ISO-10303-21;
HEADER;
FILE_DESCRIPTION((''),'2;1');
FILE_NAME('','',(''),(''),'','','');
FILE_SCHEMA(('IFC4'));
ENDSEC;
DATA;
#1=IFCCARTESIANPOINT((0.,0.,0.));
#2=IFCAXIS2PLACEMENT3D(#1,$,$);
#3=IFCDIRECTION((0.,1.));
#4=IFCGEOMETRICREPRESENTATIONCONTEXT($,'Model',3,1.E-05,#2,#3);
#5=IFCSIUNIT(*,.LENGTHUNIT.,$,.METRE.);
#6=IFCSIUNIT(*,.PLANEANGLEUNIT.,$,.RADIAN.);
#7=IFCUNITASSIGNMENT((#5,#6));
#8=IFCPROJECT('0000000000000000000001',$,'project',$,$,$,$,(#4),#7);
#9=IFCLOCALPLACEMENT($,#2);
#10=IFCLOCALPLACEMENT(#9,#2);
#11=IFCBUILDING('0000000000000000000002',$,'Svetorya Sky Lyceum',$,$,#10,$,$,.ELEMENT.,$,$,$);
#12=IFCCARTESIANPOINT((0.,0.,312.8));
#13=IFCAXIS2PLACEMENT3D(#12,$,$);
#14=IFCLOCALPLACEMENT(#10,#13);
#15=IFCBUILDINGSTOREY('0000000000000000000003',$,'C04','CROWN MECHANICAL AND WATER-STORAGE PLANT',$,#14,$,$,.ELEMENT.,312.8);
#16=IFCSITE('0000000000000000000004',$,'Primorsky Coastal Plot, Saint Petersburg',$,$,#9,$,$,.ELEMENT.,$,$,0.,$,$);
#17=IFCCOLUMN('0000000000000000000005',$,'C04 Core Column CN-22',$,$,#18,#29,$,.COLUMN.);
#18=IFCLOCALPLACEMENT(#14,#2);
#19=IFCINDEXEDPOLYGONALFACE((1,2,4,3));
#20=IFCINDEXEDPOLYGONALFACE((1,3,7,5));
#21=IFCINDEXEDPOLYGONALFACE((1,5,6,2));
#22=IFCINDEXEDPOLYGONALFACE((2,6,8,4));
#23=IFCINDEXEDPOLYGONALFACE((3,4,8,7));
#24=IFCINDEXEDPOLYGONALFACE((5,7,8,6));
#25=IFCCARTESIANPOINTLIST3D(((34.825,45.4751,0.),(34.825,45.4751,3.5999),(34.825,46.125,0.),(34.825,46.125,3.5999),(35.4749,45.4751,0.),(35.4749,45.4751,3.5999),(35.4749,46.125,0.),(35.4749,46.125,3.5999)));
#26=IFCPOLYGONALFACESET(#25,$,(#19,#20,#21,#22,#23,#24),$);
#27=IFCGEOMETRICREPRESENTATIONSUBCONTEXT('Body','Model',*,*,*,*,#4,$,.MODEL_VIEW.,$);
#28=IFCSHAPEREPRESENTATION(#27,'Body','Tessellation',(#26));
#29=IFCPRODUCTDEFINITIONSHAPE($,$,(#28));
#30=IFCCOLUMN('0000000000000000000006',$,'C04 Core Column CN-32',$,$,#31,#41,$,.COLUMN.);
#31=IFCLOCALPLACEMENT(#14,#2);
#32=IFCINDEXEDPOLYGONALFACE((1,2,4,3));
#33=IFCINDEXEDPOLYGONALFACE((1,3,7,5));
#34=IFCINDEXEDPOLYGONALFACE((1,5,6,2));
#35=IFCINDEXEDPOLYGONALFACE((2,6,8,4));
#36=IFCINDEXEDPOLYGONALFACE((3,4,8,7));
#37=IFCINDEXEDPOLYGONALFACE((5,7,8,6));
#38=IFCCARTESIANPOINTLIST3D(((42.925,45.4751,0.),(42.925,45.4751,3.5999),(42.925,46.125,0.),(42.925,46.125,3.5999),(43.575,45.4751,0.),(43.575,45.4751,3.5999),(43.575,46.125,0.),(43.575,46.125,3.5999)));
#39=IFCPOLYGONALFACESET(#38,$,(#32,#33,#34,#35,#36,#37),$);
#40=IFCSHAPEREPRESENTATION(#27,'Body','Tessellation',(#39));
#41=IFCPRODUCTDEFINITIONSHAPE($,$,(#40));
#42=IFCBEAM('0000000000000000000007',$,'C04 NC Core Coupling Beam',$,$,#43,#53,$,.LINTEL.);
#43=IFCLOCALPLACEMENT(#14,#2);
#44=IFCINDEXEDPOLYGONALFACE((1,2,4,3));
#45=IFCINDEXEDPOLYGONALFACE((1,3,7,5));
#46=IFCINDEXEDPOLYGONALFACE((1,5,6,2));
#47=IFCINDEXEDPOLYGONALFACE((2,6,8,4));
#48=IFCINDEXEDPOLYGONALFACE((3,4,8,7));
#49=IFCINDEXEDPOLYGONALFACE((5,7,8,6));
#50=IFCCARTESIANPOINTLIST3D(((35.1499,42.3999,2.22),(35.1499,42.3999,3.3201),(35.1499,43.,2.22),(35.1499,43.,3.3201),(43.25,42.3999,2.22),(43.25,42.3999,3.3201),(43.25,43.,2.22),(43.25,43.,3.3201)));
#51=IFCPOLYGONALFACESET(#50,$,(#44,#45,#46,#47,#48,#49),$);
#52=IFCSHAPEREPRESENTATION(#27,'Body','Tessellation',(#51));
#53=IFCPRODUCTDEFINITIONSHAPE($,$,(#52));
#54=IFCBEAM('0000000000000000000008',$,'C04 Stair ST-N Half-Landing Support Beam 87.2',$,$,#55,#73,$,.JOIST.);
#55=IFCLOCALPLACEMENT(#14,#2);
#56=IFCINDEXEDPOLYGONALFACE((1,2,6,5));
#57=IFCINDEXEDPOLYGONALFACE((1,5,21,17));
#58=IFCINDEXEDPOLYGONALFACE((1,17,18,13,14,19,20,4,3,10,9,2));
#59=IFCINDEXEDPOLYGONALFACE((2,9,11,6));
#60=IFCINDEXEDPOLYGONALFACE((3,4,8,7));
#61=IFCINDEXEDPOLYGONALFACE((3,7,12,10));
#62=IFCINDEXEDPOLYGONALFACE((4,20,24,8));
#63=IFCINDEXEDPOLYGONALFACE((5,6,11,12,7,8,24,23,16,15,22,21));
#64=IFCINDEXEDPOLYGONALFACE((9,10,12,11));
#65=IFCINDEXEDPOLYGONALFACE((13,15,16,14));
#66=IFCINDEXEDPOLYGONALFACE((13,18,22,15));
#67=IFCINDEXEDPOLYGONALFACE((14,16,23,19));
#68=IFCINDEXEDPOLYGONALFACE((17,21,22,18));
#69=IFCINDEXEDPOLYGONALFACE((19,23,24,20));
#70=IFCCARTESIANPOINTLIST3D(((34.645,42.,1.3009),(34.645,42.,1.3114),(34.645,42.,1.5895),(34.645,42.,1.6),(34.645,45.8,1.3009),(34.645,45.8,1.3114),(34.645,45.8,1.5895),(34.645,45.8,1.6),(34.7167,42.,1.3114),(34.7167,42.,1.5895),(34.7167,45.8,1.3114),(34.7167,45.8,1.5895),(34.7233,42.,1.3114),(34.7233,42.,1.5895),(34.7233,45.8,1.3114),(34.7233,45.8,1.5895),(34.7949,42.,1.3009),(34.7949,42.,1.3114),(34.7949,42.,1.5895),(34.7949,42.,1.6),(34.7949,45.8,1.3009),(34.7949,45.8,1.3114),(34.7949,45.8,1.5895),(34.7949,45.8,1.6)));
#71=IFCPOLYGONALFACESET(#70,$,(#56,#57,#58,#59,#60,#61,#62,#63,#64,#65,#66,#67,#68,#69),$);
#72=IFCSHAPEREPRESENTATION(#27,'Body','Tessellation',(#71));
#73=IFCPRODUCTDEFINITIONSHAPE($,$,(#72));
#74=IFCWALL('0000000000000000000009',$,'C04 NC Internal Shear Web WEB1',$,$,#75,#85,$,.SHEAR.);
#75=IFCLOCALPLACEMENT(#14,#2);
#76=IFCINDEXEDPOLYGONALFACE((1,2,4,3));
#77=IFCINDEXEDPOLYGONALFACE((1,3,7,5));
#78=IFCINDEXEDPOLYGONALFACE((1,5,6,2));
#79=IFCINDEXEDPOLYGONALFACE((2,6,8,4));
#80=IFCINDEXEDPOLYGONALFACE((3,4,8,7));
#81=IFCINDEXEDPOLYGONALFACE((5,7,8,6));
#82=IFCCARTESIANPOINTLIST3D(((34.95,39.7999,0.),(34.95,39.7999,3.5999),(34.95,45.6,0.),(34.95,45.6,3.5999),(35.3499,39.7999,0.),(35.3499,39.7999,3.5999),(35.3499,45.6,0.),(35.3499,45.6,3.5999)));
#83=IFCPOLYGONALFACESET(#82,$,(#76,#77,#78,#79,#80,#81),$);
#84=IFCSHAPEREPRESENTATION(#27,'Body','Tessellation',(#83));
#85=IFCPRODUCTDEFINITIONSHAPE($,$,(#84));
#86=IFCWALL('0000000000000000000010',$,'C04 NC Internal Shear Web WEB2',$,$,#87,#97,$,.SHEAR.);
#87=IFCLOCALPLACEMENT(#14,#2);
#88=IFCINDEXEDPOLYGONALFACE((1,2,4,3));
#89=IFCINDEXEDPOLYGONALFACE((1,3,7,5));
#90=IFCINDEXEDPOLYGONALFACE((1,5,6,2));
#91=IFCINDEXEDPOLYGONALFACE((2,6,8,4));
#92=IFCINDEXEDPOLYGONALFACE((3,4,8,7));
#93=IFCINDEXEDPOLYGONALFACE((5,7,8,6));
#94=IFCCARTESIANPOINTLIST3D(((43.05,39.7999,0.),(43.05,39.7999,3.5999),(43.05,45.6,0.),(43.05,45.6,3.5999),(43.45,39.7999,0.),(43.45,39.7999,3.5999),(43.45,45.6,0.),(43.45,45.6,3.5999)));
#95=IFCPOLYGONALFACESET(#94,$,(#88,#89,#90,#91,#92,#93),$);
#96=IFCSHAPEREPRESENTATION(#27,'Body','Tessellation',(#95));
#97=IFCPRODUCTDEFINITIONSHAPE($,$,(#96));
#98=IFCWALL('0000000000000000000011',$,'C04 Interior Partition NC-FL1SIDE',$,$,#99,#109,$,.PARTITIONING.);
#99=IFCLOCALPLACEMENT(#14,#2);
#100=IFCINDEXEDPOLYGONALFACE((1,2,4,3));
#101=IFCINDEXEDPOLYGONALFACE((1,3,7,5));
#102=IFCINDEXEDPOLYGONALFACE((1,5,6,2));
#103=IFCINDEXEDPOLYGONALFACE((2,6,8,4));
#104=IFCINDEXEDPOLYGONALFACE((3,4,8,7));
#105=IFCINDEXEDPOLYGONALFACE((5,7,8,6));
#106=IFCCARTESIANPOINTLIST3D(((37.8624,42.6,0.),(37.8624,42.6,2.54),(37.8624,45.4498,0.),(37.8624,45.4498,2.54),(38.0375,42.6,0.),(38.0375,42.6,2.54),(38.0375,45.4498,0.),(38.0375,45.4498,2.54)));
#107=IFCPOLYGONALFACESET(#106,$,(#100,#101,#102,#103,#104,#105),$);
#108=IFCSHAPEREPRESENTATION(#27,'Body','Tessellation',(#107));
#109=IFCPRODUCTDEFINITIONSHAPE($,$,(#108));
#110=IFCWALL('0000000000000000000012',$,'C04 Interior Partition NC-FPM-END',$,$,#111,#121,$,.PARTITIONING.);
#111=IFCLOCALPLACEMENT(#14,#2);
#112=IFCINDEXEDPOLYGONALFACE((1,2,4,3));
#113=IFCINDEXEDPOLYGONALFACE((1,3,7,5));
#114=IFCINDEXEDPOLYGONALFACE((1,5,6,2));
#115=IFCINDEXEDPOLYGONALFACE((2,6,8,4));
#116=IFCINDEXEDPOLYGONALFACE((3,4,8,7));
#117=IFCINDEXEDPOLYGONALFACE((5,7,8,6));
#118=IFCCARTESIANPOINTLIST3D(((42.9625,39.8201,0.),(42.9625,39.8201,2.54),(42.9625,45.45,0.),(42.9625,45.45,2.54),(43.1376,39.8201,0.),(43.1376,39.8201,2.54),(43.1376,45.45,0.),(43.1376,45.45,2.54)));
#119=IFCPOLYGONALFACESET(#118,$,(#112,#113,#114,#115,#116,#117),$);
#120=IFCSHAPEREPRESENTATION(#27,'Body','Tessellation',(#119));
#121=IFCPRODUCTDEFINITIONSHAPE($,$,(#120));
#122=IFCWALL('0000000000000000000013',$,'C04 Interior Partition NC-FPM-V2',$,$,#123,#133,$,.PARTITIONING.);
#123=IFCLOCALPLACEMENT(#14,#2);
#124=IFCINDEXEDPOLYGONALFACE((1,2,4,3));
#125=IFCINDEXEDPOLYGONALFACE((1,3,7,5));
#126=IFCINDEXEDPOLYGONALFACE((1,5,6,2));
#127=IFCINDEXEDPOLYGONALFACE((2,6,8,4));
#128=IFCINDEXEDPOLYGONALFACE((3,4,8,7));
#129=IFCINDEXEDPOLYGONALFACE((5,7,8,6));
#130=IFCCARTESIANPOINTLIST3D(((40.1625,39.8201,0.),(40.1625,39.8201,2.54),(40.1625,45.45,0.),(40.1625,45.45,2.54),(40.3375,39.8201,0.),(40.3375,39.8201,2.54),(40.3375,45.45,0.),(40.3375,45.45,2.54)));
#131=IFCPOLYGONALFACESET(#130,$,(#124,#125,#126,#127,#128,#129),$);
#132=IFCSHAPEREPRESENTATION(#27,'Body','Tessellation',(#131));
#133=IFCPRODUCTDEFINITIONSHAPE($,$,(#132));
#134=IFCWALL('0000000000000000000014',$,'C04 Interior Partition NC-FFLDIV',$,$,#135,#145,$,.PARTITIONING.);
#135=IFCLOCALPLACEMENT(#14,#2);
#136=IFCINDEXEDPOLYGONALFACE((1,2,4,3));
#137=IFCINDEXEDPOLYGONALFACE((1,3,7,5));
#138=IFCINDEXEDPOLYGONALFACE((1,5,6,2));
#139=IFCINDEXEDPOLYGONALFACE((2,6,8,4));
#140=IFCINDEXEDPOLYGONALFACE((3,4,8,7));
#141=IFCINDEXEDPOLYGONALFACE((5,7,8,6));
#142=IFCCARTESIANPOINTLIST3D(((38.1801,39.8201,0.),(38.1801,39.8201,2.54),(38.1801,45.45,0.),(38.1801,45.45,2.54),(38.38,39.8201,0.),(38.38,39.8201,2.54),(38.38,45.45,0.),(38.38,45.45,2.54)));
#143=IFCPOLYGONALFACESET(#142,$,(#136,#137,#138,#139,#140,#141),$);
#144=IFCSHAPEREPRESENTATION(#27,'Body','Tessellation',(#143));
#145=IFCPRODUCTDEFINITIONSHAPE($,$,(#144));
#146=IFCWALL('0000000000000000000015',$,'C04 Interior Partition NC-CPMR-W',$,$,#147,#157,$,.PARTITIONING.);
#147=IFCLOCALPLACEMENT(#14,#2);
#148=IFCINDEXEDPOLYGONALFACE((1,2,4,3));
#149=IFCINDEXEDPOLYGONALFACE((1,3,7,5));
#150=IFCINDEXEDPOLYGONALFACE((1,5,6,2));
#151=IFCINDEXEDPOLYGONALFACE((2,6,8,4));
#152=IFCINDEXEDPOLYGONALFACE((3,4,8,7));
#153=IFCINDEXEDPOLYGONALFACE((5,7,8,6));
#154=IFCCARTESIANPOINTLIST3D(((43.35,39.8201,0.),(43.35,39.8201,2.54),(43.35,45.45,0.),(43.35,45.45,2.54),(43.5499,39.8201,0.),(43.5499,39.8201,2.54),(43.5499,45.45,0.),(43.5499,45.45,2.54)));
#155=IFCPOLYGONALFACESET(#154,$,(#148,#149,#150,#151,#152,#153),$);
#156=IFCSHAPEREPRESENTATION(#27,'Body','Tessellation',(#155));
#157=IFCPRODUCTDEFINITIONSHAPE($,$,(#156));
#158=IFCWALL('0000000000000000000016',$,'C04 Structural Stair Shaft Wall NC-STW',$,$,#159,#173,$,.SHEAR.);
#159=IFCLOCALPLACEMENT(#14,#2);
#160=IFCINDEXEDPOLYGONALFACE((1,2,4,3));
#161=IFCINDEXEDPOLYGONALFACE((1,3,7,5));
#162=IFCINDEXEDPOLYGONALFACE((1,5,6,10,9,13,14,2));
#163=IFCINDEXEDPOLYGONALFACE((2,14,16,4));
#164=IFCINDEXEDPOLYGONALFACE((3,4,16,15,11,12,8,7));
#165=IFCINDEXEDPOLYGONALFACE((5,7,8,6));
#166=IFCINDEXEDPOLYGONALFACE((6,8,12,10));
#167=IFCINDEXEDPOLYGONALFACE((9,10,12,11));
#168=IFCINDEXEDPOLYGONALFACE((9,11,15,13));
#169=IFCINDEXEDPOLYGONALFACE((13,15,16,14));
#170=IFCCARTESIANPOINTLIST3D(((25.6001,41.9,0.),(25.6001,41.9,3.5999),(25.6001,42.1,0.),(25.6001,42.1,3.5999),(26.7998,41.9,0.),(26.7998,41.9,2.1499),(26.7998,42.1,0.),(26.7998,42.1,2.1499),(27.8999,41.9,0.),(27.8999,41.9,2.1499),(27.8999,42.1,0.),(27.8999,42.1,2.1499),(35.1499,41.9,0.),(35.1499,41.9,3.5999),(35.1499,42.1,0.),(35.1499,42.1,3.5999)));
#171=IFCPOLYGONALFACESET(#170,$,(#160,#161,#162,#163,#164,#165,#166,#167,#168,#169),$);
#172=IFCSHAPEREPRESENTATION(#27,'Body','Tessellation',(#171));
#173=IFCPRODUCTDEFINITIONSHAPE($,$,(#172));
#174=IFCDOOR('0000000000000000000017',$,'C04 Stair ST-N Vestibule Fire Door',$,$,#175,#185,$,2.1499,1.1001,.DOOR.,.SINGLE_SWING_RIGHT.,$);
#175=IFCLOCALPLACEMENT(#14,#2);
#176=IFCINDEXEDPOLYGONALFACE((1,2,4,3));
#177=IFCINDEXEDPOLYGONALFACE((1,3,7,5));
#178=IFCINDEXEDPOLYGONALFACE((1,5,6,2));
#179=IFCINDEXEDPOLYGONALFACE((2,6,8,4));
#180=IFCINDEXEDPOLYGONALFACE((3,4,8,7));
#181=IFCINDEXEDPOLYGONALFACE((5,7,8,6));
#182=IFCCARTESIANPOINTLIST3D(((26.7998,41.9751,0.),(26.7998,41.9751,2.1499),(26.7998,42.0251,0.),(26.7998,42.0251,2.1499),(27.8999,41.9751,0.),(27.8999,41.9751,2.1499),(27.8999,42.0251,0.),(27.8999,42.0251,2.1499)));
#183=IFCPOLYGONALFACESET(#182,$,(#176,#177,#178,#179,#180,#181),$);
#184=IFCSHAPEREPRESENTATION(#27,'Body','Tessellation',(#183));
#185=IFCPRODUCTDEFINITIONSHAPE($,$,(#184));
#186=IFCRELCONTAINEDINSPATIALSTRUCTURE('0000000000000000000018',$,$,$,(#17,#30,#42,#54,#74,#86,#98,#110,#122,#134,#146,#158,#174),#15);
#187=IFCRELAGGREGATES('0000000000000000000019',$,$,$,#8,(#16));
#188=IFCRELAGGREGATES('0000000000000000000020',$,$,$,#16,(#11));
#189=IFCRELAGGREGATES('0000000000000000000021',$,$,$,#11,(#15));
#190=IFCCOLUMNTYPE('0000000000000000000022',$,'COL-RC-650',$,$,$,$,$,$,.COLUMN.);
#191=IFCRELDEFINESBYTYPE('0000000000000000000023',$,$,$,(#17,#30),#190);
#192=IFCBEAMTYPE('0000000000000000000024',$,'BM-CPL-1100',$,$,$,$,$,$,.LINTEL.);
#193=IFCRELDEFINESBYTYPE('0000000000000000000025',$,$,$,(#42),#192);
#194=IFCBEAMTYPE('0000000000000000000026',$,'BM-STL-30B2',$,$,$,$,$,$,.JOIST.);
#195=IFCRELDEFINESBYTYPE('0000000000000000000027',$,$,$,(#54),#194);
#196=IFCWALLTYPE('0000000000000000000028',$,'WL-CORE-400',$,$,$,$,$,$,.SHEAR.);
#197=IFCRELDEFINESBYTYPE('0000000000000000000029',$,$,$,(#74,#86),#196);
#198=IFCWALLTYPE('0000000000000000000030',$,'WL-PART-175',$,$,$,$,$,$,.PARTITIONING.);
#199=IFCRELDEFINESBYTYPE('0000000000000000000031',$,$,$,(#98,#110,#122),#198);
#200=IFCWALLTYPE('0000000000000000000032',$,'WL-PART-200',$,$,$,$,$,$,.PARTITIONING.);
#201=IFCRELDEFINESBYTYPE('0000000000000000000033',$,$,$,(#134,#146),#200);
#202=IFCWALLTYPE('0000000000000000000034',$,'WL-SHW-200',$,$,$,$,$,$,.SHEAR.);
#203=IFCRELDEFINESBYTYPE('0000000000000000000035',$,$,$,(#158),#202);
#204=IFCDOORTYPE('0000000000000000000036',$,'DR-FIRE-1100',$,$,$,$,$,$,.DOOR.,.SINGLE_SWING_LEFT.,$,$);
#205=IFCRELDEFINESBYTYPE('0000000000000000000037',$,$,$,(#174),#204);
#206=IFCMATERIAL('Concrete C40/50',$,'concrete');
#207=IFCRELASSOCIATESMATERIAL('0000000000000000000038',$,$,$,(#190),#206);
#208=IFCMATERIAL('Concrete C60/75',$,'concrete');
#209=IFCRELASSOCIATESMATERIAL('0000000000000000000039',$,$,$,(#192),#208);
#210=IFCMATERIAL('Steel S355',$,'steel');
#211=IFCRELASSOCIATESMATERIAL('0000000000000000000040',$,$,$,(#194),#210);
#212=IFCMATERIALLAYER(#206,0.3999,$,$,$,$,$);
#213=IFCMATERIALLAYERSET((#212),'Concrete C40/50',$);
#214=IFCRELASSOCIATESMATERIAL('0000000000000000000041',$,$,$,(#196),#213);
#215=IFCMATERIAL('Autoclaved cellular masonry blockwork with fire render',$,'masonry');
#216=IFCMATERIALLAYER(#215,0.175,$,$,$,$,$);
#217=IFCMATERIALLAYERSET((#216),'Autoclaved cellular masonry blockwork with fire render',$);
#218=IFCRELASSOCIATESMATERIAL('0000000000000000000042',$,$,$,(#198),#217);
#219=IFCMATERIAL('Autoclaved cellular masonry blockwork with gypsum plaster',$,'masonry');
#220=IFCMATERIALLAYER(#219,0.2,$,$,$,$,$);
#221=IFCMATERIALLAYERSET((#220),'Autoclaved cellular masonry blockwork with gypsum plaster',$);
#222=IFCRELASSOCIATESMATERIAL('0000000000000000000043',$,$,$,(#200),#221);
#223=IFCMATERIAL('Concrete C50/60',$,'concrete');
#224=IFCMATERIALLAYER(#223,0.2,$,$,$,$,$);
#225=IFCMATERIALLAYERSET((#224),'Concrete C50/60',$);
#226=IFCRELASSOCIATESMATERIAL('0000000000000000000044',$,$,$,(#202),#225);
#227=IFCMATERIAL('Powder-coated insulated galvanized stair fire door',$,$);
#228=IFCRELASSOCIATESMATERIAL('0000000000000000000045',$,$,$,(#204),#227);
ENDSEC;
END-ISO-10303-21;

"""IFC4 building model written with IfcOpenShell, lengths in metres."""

from ifc_helpers import new_model, si_unit, direction, frame, frame_2d, origin, origin_2d, place, context, subcontext, project, spatial, rectangle, i_section, extrude, material, layer, layer_set, material_profile, profile_set, type_object, element, fill, save


model = new_model("IFC4")

# Units and contexts
model_context = context("Model", 3, precision=1e-05, world=origin(), true_north=direction((0.0, 1.0)))
body_context = subcontext(model_context, "Body", "Model", "MODEL_VIEW")
ifc_project = project(units=[si_unit("LENGTHUNIT", "METRE"), si_unit("PLANEANGLEUNIT", "RADIAN")], contexts=[model_context])

# Site, building, storey
site_placement = place(None, origin())
site = spatial("IfcSite", under=ifc_project, at=site_placement, Name="Primorsky Coastal Plot, Saint Petersburg", CompositionType="ELEMENT", RefElevation=0.0)
building_placement = place(site_placement, origin())
building = spatial("IfcBuilding", under=site, at=building_placement, Name="Svetorya Sky Lyceum", CompositionType="ELEMENT")
storey_placement = place(building_placement, frame((0.0, 0.0, 312.8)))
storey = spatial("IfcBuildingStorey", under=building, at=storey_placement, Name="C04", Description="CROWN MECHANICAL AND WATER-STORAGE PLANT", CompositionType="ELEMENT", Elevation=312.8)

# Columns
ifc_material_1 = material(Name="Concrete C40/50", Category="concrete")
ifc_material_profile_1 = material_profile(ifc_material_1, rectangle(XDim=0.6499, YDim=0.6499, at=origin_2d()), Name="RC COL 650x650")
ifc_profile_set_1 = profile_set([ifc_material_profile_1], Name="Concrete C40/50")
column_type = type_object("IfcColumnType", Name="COL-RC-650", PredefinedType="COLUMN", material=ifc_profile_set_1)
for number, where, z_axis, x_axis, name in (
    (1, (35.1499, 45.8, 0.0), (0.0, 0.0, 1.0), (1.0, 0.0, 0.0), "C04 Core Column CN-22"),
    (2, (43.25, 45.8, 0.0), (0.0, 0.0, 1.0), (1.0, 0.0, 0.0), "C04 Core Column CN-32"),
):
    element("IfcColumn", number, at=place(storey_placement, frame(where, z_axis=z_axis, x_axis=x_axis)), inside=storey, type_object=column_type, Name=name, PredefinedType="COLUMN", context=body_context, shape_type="SweptSolid", body=[
        extrude(rectangle(XDim=0.6499, YDim=0.6499, at=origin_2d()), origin(), (0.0, 0.0, 1.0), 3.5999),
    ])

# Beams
ifc_material_2 = material(Name="Concrete C60/75", Category="concrete")
ifc_material_profile_2 = material_profile(ifc_material_2, rectangle(XDim=0.6001, YDim=1.1001, at=origin_2d()), Name="RC COUPLING 600x1100")
ifc_profile_set_2 = profile_set([ifc_material_profile_2], Name="Concrete C60/75")
beam_type_1 = type_object("IfcBeamType", Name="BM-CPL-1100", PredefinedType="LINTEL", material=ifc_profile_set_2)
beam_1_placement = place(storey_placement, frame((35.1499, 42.7, 2.77), z_axis=(1.0, 0.0, 0.0), x_axis=(0.0, 1.0, 0.0)))
element("IfcBeam", 3, at=beam_1_placement, inside=storey, type_object=beam_type_1, Name="C04 NC Core Coupling Beam", PredefinedType="LINTEL", context=body_context, shape_type="SweptSolid", body=[
    extrude(rectangle(XDim=0.6001, YDim=1.1001, at=origin_2d()), origin(), (0.0, 0.0, 1.0), 8.1001),
])
ifc_material_3 = material(Name="Steel S355", Category="steel")
ifc_material_profile_3 = material_profile(ifc_material_3, i_section(OverallWidth=0.1499, OverallDepth=0.2991, WebThickness=0.0066, FlangeThickness=0.0105, at=origin_2d()), Name="GOST 30B2")
ifc_profile_set_3 = profile_set([ifc_material_profile_3], Name="Steel S355")
beam_type_2 = type_object("IfcBeamType", Name="BM-STL-30B2", PredefinedType="JOIST", material=ifc_profile_set_3)
beam_2_placement = place(storey_placement, frame((34.72, 42.0, 1.4504), z_axis=(0.0, 1.0, 0.0), x_axis=(-1.0, 0.0, 0.0)))
element("IfcBeam", 4, at=beam_2_placement, inside=storey, type_object=beam_type_2, Name="C04 Stair ST-N Half-Landing Support Beam 87.2", PredefinedType="JOIST", context=body_context, shape_type="SweptSolid", body=[
    extrude(i_section(OverallWidth=0.1499, OverallDepth=0.2991, WebThickness=0.0066, FlangeThickness=0.0105, at=origin_2d()), origin(), (0.0, 0.0, 1.0), 3.8),
])

# Walls
ifc_layer_1 = layer(ifc_material_1, 0.3999)
ifc_layer_set_1 = layer_set([ifc_layer_1], Name="Concrete C40/50")
wall_type_1 = type_object("IfcWallType", Name="WL-CORE-400", PredefinedType="SHEAR", material=ifc_layer_set_1)
for number, where, z_axis, x_axis, name in (
    (5, (35.1499, 39.8, 0.0), (0.0, 0.0, 1.0), (0.0, 1.0, 0.0), "C04 NC Internal Shear Web WEB1"),
    (6, (43.25, 39.8, 0.0), (0.0, 0.0, 1.0), (0.0, 1.0, 0.0), "C04 NC Internal Shear Web WEB2"),
):
    element("IfcWall", number, at=place(storey_placement, frame(where, z_axis=z_axis, x_axis=x_axis)), inside=storey, type_object=wall_type_1, Name=name, PredefinedType="SHEAR", context=body_context, shape_type="SweptSolid", body=[
        extrude(rectangle(XDim=5.8, YDim=0.3999, at=frame_2d((2.8999, 0.0))), origin(), (0.0, 0.0, 1.0), 3.5999),
    ])
ifc_material_4 = material(Name="Autoclaved cellular masonry blockwork with fire render", Category="masonry")
ifc_layer_2 = layer(ifc_material_4, 0.175)
ifc_layer_set_2 = layer_set([ifc_layer_2], Name="Autoclaved cellular masonry blockwork with fire render")
wall_type_2 = type_object("IfcWallType", Name="WL-PART-175", PredefinedType="PARTITIONING", material=ifc_layer_set_2)
wall_1_placement = place(storey_placement, frame((37.95, 42.6001, 0.0), z_axis=(0.0, 0.0, 1.0), x_axis=(0.0, 1.0, 0.0)))
element("IfcWall", 7, at=wall_1_placement, inside=storey, type_object=wall_type_2, Name="C04 Interior Partition NC-FL1SIDE", PredefinedType="PARTITIONING", context=body_context, shape_type="SweptSolid", body=[
    extrude(rectangle(XDim=2.8499, YDim=0.175, at=frame_2d((1.4248, 0.0))), origin(), (0.0, 0.0, 1.0), 2.54),
])
for number, where, z_axis, x_axis, name in (
    (8, (43.05, 39.8201, 0.0), (0.0, 0.0, 1.0), (0.0, 1.0, 0.0), "C04 Interior Partition NC-FPM-END"),
    (9, (40.25, 39.8201, 0.0), (0.0, 0.0, 1.0), (0.0, 1.0, 0.0), "C04 Interior Partition NC-FPM-V2"),
):
    element("IfcWall", number, at=place(storey_placement, frame(where, z_axis=z_axis, x_axis=x_axis)), inside=storey, type_object=wall_type_2, Name=name, PredefinedType="PARTITIONING", context=body_context, shape_type="SweptSolid", body=[
        extrude(rectangle(XDim=5.6299, YDim=0.175, at=frame_2d((2.8149, 0.0))), origin(), (0.0, 0.0, 1.0), 2.54),
    ])

# Shared definitions
ifc_material_5 = material(Name="Autoclaved cellular masonry blockwork with gypsum plaster", Category="masonry")
ifc_layer_3 = layer(ifc_material_5, 0.2)
ifc_layer_set_3 = layer_set([ifc_layer_3], Name="Autoclaved cellular masonry blockwork with gypsum plaster")
wall_type_3 = type_object("IfcWallType", Name="WL-PART-200", PredefinedType="PARTITIONING", material=ifc_layer_set_3)

# Walls
for number, where, z_axis, x_axis, name in (
    (10, (38.28, 39.8201, 0.0), (0.0, 0.0, 1.0), (0.0, 1.0, 0.0), "C04 Interior Partition NC-FFLDIV"),
    (11, (43.45, 39.8201, 0.0), (0.0, 0.0, 1.0), (0.0, 1.0, 0.0), "C04 Interior Partition NC-CPMR-W"),
):
    element("IfcWall", number, at=place(storey_placement, frame(where, z_axis=z_axis, x_axis=x_axis)), inside=storey, type_object=wall_type_3, Name=name, PredefinedType="PARTITIONING", context=body_context, shape_type="SweptSolid", body=[
        extrude(rectangle(XDim=5.6299, YDim=0.2, at=frame_2d((2.8149, 0.0))), origin(), (0.0, 0.0, 1.0), 2.54),
    ])

# Wall, opening, door
ifc_material_6 = material(Name="Concrete C50/60", Category="concrete")
ifc_layer_4 = layer(ifc_material_6, 0.2)
ifc_layer_set_4 = layer_set([ifc_layer_4], Name="Concrete C50/60")
wall_type_4 = type_object("IfcWallType", Name="WL-SHW-200", PredefinedType="SHEAR", material=ifc_layer_set_4)
wall_2_placement = place(storey_placement, frame((35.1499, 42.0, 0.0), z_axis=(0.0, 0.0, 1.0), x_axis=(-1.0, 0.0, 0.0)))
wall_2 = element("IfcWall", 12, at=wall_2_placement, inside=storey, type_object=wall_type_4, Name="C04 Structural Stair Shaft Wall NC-STW", PredefinedType="SHEAR", context=body_context, shape_type="SweptSolid", body=[
    extrude(rectangle(XDim=9.5498, YDim=0.2, at=frame_2d((4.7749, 0.0))), origin(), (0.0, 0.0, 1.0), 3.5999),
])
opening_1_placement = place(wall_2_placement, frame((7.25, 0.0, 0.0)))
opening_1 = element("IfcOpeningElement", 13, at=opening_1_placement, cuts=wall_2, PredefinedType="OPENING", context=body_context, shape_type="SweptSolid", body=[
    extrude(rectangle(XDim=1.1001, YDim=2.1499, at=frame_2d((0.55, 1.075))), frame((0.0, 0.1099, 0.0), z_axis=(0.0, -1.0, 0.0), x_axis=(1.0, 0.0, 0.0)), (0.0, 0.0, 1.0), 0.22),
])
ifc_material_7 = material(Name="Powder-coated insulated galvanized stair fire door")
door_type_1 = type_object("IfcDoorType", Name="DR-FIRE-1100", OperationType="SINGLE_SWING_LEFT", PredefinedType="DOOR", material=ifc_material_7)
door_1_placement = place(opening_1_placement, origin())
door_1 = element("IfcDoor", 14, at=door_1_placement, inside=storey, type_object=door_type_1, Name="C04 Stair ST-N Vestibule Fire Door", OperationType="SINGLE_SWING_RIGHT", OverallHeight=2.1499, OverallWidth=1.1001, PredefinedType="DOOR", context=body_context, shape_type="SweptSolid", body=[
    extrude(rectangle(XDim=1.1001, YDim=2.1499, at=frame_2d((0.55, 1.075))), frame((0.0, 0.0249, 0.0), z_axis=(0.0, -1.0, 0.0), x_axis=(1.0, 0.0, 0.0)), (0.0, 0.0, 1.0), 0.05),
])
fill(opening_1, door_1)

save(model, "model.ifc")
